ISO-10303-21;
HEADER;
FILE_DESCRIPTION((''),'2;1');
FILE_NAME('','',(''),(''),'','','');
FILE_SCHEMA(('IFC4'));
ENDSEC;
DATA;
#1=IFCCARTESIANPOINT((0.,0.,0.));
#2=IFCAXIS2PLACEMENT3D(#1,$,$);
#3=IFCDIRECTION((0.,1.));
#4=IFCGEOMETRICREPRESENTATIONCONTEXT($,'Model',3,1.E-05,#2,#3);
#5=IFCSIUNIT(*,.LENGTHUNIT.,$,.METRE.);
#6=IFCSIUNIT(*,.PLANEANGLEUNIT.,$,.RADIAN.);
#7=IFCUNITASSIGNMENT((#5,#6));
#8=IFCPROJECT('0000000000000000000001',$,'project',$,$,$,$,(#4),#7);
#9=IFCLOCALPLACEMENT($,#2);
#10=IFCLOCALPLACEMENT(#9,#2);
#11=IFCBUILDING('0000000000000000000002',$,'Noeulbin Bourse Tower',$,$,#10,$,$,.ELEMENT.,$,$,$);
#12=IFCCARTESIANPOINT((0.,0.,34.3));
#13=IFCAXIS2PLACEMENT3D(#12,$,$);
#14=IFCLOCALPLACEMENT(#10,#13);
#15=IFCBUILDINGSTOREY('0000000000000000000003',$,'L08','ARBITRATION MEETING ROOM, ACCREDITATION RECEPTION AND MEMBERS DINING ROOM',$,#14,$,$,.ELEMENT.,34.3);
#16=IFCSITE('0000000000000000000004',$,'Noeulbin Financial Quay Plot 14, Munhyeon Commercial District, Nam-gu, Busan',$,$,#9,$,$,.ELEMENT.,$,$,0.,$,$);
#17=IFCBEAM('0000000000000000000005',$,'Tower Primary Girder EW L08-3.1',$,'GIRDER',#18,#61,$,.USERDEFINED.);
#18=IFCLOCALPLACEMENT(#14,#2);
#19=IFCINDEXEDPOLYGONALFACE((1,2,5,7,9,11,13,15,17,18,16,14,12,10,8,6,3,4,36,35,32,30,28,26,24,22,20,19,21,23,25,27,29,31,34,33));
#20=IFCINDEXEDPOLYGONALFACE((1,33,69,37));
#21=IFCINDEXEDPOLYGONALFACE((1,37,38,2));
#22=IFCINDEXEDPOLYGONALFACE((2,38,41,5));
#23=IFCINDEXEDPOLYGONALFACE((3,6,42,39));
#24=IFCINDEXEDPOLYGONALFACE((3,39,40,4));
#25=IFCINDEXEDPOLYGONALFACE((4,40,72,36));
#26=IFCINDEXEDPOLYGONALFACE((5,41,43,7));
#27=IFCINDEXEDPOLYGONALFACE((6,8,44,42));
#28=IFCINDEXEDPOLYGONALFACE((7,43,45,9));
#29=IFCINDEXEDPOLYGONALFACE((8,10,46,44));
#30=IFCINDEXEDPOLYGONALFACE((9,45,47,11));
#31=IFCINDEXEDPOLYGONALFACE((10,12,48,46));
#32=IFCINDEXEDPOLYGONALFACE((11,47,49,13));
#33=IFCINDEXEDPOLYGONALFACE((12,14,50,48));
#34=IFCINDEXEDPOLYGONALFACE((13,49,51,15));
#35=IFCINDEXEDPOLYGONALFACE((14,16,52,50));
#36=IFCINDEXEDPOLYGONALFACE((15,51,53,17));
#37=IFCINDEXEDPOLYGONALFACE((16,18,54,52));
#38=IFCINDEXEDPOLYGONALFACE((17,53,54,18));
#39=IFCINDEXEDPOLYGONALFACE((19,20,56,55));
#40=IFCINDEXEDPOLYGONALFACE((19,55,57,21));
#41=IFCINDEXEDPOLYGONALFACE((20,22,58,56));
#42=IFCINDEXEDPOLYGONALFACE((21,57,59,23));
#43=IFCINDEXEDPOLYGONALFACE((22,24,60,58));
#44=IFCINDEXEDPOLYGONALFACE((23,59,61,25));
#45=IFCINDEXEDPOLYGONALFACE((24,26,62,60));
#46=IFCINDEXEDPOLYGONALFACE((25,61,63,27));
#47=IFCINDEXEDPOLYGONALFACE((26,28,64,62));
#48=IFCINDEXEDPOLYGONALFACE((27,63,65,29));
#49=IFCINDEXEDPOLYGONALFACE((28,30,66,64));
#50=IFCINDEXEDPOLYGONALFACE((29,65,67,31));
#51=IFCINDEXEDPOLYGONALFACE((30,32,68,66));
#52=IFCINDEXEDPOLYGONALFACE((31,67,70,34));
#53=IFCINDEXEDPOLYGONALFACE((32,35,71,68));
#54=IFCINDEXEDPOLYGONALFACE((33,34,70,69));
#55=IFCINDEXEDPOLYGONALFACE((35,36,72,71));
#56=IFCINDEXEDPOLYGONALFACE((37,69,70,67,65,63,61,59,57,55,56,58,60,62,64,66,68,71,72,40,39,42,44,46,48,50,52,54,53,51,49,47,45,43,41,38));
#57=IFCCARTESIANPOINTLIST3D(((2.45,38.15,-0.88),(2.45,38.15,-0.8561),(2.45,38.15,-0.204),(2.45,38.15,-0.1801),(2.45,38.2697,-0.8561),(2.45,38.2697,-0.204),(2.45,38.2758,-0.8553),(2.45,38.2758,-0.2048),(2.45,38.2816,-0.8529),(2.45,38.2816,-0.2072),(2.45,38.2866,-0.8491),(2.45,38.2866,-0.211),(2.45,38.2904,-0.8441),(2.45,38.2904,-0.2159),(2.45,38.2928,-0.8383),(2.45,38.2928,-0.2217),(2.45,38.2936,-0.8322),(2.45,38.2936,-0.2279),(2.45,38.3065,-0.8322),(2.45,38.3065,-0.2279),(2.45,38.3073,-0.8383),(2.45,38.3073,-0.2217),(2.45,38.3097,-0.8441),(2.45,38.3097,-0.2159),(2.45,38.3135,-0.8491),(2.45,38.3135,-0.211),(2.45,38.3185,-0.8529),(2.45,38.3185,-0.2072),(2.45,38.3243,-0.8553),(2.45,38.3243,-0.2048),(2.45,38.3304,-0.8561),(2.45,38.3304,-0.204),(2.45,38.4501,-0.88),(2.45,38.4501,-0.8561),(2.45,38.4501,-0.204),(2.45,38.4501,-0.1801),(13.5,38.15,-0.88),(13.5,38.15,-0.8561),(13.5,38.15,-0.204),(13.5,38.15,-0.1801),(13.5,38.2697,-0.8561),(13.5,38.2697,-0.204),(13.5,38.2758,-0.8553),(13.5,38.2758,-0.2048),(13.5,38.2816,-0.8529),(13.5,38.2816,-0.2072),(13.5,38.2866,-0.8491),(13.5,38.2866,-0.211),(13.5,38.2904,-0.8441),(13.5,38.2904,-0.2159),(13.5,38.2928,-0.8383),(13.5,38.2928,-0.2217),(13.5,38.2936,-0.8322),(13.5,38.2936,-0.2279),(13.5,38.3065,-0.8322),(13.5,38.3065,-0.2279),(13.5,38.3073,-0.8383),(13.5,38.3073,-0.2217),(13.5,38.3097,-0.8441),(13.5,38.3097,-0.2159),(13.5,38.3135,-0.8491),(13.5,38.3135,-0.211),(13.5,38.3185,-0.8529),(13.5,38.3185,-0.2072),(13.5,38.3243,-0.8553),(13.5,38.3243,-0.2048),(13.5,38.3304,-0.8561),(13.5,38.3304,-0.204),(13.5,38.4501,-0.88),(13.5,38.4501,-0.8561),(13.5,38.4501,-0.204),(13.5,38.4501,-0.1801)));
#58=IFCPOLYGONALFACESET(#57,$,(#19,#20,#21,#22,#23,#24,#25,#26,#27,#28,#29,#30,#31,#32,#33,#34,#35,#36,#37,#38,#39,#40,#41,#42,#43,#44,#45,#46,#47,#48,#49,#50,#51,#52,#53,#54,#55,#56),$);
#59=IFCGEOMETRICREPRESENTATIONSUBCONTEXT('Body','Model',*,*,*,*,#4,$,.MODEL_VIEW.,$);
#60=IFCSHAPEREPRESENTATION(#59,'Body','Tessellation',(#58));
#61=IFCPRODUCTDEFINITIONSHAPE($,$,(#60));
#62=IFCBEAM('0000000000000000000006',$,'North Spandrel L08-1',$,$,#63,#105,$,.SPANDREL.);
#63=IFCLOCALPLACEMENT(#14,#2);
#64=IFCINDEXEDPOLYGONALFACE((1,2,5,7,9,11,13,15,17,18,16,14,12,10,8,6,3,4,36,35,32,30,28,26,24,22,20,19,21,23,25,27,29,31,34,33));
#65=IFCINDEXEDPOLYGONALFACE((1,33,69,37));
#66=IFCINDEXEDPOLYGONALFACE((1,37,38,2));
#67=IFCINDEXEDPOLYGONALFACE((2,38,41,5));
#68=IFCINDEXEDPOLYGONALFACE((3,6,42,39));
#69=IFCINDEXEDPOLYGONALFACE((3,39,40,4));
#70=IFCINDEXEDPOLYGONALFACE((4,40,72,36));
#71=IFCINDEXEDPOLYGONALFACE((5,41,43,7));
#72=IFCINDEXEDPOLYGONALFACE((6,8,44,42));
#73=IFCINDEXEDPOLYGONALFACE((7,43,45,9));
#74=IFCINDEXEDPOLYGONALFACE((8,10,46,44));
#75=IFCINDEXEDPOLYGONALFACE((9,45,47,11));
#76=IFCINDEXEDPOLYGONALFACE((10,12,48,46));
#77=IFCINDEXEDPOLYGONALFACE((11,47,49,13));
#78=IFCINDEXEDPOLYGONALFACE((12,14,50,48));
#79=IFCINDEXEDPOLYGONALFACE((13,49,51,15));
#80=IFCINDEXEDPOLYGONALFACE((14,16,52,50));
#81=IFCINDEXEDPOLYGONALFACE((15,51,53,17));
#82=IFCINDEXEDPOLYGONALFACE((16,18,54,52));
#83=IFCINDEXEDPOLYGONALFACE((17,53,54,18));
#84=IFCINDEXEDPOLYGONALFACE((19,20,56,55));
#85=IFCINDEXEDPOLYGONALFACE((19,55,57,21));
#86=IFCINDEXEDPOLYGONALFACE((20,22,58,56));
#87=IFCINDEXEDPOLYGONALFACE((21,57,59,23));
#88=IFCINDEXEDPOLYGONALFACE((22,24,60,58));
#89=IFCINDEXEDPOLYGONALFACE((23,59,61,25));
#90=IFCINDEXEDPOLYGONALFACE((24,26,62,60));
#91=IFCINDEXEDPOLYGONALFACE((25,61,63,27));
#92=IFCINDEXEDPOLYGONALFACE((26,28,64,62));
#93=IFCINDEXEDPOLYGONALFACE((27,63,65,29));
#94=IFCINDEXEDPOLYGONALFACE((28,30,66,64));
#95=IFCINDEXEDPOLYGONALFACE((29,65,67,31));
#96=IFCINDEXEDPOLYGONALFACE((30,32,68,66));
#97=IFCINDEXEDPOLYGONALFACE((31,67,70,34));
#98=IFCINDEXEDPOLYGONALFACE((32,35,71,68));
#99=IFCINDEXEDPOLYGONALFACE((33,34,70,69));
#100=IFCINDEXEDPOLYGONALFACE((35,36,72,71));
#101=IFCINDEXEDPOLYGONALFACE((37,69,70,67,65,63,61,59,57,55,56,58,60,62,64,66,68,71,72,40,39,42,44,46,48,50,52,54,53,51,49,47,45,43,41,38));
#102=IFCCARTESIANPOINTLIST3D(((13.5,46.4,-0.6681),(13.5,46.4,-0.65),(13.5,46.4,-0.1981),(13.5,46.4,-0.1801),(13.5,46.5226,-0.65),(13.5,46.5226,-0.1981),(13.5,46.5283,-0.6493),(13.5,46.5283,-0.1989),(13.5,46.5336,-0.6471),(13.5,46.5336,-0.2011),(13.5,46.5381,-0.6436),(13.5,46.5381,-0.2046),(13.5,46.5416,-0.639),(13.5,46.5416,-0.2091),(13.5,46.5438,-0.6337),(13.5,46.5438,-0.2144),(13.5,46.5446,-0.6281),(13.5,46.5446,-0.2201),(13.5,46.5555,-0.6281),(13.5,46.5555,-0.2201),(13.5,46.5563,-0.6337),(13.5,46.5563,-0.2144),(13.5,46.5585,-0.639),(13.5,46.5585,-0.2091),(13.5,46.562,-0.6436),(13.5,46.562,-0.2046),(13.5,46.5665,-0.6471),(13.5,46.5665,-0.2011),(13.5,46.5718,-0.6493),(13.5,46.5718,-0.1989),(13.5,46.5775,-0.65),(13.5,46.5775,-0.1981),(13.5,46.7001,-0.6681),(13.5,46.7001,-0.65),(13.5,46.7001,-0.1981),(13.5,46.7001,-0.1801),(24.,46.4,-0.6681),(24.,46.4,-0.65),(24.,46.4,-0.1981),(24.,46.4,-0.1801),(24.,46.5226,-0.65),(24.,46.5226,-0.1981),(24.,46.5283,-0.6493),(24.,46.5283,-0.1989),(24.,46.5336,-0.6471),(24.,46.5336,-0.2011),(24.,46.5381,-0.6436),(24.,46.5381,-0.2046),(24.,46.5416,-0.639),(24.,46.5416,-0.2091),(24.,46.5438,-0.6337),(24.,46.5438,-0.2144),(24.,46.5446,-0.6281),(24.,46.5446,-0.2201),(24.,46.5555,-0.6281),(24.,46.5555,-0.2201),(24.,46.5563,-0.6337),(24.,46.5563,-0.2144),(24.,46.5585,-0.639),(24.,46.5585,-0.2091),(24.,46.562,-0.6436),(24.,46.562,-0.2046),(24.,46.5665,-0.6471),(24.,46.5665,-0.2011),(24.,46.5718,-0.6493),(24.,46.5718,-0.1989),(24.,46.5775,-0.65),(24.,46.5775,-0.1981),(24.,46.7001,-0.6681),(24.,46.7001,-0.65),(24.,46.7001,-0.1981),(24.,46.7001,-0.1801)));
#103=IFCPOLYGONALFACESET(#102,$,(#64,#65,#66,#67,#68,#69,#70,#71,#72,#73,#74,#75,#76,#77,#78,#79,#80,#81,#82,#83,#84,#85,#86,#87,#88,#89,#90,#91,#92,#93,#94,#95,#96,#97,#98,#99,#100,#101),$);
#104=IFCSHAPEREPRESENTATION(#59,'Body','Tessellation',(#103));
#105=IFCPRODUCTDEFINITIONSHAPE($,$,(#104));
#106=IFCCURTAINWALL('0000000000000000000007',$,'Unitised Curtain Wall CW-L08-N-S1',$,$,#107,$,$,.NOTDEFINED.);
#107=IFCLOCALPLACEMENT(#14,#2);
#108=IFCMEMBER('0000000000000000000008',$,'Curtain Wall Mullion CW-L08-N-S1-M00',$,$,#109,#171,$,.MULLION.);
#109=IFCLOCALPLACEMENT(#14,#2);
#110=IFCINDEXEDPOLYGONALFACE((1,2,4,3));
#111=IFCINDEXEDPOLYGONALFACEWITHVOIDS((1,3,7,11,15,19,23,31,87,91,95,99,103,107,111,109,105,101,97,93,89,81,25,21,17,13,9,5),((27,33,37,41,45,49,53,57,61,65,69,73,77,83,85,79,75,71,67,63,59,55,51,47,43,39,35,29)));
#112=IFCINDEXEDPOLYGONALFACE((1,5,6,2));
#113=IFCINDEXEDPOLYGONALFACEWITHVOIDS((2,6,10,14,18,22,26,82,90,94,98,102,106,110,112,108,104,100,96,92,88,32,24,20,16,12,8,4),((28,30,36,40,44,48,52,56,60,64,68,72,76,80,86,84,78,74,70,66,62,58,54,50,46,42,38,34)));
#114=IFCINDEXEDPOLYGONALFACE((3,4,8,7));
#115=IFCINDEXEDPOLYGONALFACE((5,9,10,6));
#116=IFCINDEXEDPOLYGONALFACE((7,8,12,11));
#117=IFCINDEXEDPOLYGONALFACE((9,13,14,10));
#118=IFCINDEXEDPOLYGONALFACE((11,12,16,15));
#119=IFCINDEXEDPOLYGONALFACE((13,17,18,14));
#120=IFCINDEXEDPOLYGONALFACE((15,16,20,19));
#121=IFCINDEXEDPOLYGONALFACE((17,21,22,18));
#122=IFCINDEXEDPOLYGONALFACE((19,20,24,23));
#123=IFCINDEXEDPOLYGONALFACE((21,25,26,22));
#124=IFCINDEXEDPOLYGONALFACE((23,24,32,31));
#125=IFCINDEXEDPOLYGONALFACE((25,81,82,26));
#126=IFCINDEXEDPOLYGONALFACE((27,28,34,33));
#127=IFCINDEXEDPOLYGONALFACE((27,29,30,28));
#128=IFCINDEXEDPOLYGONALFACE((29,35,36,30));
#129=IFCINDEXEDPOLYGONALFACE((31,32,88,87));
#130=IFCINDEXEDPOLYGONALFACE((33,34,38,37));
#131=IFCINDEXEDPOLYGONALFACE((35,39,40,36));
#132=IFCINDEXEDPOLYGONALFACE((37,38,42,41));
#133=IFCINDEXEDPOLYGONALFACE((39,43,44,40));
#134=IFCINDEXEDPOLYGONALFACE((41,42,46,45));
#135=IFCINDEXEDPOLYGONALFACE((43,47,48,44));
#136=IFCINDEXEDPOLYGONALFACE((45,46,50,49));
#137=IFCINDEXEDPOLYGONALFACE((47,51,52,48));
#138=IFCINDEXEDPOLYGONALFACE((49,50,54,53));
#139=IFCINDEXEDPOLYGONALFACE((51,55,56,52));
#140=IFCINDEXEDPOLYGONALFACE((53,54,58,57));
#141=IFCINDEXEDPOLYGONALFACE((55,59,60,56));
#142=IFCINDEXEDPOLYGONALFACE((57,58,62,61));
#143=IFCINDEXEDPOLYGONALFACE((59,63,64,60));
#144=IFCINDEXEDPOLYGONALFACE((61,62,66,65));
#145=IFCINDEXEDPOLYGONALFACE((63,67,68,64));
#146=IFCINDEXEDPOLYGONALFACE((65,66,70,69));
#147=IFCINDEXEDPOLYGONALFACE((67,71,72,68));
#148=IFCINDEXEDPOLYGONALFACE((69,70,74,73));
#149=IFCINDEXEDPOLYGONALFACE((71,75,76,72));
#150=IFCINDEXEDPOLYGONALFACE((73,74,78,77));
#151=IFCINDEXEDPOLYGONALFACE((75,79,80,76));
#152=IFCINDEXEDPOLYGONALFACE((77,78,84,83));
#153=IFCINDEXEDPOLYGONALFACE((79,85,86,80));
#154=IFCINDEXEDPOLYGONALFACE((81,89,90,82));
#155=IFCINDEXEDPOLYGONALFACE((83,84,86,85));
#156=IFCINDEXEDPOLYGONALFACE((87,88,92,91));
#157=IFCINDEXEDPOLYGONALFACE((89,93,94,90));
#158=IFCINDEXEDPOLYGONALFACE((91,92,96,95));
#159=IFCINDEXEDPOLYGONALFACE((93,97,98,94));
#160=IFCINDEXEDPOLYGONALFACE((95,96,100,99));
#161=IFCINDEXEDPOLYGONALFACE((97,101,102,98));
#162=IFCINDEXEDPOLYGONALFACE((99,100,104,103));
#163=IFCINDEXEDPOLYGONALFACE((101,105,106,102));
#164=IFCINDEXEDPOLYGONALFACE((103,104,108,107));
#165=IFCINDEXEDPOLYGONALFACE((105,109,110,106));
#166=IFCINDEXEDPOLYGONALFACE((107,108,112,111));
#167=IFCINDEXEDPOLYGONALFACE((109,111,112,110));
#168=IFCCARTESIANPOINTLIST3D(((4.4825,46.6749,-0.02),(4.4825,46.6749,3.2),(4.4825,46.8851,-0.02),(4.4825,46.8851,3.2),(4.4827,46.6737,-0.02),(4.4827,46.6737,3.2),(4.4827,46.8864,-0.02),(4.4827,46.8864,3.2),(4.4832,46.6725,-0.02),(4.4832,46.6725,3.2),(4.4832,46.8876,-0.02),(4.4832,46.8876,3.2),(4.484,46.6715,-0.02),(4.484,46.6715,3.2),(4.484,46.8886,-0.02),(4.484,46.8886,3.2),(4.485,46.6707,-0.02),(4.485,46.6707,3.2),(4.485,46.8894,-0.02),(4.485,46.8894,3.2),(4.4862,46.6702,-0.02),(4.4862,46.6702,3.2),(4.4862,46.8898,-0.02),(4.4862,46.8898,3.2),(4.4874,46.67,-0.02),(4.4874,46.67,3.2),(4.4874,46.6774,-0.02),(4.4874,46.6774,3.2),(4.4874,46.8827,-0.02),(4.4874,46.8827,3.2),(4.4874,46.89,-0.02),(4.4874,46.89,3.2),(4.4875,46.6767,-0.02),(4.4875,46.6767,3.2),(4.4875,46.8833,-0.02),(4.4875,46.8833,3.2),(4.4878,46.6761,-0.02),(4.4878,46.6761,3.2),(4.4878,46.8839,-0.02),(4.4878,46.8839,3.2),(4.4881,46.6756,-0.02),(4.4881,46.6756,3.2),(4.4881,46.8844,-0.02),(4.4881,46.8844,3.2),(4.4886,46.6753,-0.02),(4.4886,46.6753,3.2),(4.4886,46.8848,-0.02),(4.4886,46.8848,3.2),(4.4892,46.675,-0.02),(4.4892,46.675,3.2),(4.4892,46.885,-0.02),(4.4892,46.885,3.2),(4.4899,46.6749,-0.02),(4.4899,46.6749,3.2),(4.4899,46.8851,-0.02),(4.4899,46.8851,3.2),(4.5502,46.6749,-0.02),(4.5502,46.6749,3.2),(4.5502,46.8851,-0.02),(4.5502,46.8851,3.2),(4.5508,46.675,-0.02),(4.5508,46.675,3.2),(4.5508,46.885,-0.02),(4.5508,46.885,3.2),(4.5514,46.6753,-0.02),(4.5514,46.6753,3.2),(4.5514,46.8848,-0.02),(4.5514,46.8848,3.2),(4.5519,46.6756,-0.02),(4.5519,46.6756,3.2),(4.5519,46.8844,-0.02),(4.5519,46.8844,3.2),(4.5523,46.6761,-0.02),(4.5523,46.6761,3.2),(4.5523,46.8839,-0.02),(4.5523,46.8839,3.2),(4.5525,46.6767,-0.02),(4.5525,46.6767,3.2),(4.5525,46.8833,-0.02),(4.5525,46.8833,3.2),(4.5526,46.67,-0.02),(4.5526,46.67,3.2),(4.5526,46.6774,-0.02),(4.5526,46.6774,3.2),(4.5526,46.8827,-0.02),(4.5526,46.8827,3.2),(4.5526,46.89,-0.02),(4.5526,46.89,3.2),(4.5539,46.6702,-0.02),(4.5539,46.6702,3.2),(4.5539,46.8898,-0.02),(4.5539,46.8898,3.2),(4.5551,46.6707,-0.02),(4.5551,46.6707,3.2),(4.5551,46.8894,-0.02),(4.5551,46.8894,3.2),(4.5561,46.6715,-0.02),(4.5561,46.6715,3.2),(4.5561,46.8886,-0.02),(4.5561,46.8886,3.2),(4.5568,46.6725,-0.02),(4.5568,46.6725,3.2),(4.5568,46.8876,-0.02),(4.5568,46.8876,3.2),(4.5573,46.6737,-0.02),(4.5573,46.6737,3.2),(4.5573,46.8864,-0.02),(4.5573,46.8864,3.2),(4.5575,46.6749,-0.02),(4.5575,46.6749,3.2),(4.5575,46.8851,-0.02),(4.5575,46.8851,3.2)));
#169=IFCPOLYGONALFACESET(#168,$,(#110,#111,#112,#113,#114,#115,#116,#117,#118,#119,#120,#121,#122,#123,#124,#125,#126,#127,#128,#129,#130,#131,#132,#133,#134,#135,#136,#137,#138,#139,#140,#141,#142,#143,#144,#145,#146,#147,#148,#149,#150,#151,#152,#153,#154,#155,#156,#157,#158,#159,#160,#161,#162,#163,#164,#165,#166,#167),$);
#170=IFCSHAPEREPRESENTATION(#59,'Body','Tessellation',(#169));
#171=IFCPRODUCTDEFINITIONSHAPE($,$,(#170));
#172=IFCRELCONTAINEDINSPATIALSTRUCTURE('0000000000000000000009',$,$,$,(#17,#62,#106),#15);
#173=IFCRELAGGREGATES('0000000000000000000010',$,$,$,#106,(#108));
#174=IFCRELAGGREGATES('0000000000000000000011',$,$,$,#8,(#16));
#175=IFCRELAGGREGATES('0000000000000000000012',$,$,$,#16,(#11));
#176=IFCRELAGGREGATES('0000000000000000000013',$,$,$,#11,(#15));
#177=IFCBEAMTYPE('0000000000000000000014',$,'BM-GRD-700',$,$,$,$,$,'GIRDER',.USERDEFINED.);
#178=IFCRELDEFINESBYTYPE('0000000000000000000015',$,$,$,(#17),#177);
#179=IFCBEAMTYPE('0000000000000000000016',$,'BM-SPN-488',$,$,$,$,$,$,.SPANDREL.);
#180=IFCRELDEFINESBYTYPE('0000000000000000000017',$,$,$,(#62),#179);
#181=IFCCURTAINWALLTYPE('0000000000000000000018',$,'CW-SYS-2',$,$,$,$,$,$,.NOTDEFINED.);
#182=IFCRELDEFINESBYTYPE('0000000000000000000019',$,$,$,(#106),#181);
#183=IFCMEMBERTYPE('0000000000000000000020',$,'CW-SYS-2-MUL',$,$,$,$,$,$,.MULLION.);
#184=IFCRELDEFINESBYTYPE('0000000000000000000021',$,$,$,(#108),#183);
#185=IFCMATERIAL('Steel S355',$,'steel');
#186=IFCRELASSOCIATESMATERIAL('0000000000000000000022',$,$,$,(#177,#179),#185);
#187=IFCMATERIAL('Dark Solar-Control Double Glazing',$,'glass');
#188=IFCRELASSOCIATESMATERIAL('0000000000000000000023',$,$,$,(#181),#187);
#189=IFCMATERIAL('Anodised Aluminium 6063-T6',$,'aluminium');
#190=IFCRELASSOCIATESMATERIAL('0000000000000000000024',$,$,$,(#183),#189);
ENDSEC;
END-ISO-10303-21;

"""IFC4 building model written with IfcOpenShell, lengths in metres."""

from ifc_helpers import new_model, si_unit, direction, frame, origin, origin_2d, place, context, subcontext, project, spatial, hollow_rectangle, i_section, extrude, material, material_profile, profile_set, type_object, element, aggregate, save


model = new_model("IFC4")

# Units and contexts
model_context = context("Model", 3, precision=1e-05, world=origin(), true_north=direction((0.0, 1.0)))
body_context = subcontext(model_context, "Body", "Model", "MODEL_VIEW")
ifc_project = project(units=[si_unit("LENGTHUNIT", "METRE"), si_unit("PLANEANGLEUNIT", "RADIAN")], contexts=[model_context])

# Site, building, storey
site_placement = place(None, origin())
site = spatial("IfcSite", under=ifc_project, at=site_placement, Name="Noeulbin Financial Quay Plot 14, Munhyeon Commercial District, Nam-gu, Busan", CompositionType="ELEMENT", RefElevation=0.0)
building_placement = place(site_placement, origin())
building = spatial("IfcBuilding", under=site, at=building_placement, Name="Noeulbin Bourse Tower", CompositionType="ELEMENT")
storey_placement = place(building_placement, frame((0.0, 0.0, 34.3)))
storey = spatial("IfcBuildingStorey", under=building, at=storey_placement, Name="L08", Description="ARBITRATION MEETING ROOM, ACCREDITATION RECEPTION AND MEMBERS DINING ROOM", CompositionType="ELEMENT", Elevation=34.3)

# Beams
ifc_material_1 = material(Name="Steel S355", Category="steel")
ifc_material_profile_1 = material_profile(ifc_material_1, i_section(OverallWidth=0.3, OverallDepth=0.7, WebThickness=0.0129, FlangeThickness=0.0239, FilletRadius=0.0239, at=origin_2d()), Name="H-700x300x13x24", Category="LoadBearing")
ifc_profile_set_1 = profile_set([ifc_material_profile_1], Name="Steel S355")
beam_type_1 = type_object("IfcBeamType", Name="BM-GRD-700", ElementType="GIRDER", PredefinedType="USERDEFINED", material=ifc_profile_set_1)
beam_1_placement = place(storey_placement, frame((2.45, 38.3, -0.53), z_axis=(1.0, 0.0, 0.0), x_axis=(0.0, 1.0, 0.0)))
element("IfcBeam", 1, at=beam_1_placement, inside=storey, type_object=beam_type_1, Name="Tower Primary Girder EW L08-3.1", ObjectType="GIRDER", PredefinedType="USERDEFINED", context=body_context, shape_type="SweptSolid", body=[
    extrude(i_section(OverallWidth=0.3, OverallDepth=0.7, WebThickness=0.0129, FlangeThickness=0.0239, FilletRadius=0.0239, at=origin_2d()), origin(), (0.0, 0.0, 1.0), 11.05),
])
ifc_material_profile_2 = material_profile(ifc_material_1, i_section(OverallWidth=0.3, OverallDepth=0.488, WebThickness=0.011, FlangeThickness=0.0181, FilletRadius=0.022, at=origin_2d()), Name="H-488x300x11x18", Category="LoadBearing")
ifc_profile_set_2 = profile_set([ifc_material_profile_2], Name="Steel S355")
beam_type_2 = type_object("IfcBeamType", Name="BM-SPN-488", PredefinedType="SPANDREL", material=ifc_profile_set_2)
beam_2_placement = place(storey_placement, frame((13.5, 46.55, -0.4241), z_axis=(1.0, 0.0, 0.0), x_axis=(0.0, 1.0, 0.0)))
element("IfcBeam", 2, at=beam_2_placement, inside=storey, type_object=beam_type_2, Name="North Spandrel L08-1", PredefinedType="SPANDREL", context=body_context, shape_type="SweptSolid", body=[
    extrude(i_section(OverallWidth=0.3, OverallDepth=0.488, WebThickness=0.011, FlangeThickness=0.0181, FilletRadius=0.022, at=origin_2d()), origin(), (0.0, 0.0, 1.0), 10.5),
])

# Curtain wall, member
ifc_material_2 = material(Name="Dark Solar-Control Double Glazing", Category="glass")
curtain_wall_type = type_object("IfcCurtainWallType", Name="CW-SYS-2", PredefinedType="NOTDEFINED", material=ifc_material_2)
curtain_wall_1_placement = place(storey_placement, origin())
curtain_wall_1 = element("IfcCurtainWall", 3, at=curtain_wall_1_placement, inside=storey, type_object=curtain_wall_type, Name="Unitised Curtain Wall CW-L08-N-S1", PredefinedType="NOTDEFINED")
ifc_material_3 = material(Name="Anodised Aluminium 6063-T6", Category="aluminium")
ifc_material_profile_3 = material_profile(ifc_material_3, hollow_rectangle(XDim=0.075, YDim=0.22, WallThickness=0.0049, InnerFilletRadius=0.0024, OuterFilletRadius=0.0049, at=origin_2d()), Name="ALU-MULL-75x220x5", Category="LoadBearing")
ifc_profile_set_3 = profile_set([ifc_material_profile_3], Name="Anodised Aluminium 6063-T6")
member_type_1 = type_object("IfcMemberType", Name="CW-SYS-2-MUL", PredefinedType="MULLION", material=ifc_profile_set_3)
member_1_placement = place(storey_placement, frame((4.52, 46.78, -0.02), z_axis=(0.0, 0.0, 1.0), x_axis=(1.0, 0.0, 0.0)))
member_1 = element("IfcMember", 4, at=member_1_placement, type_object=member_type_1, Name="Curtain Wall Mullion CW-L08-N-S1-M00", PredefinedType="MULLION", context=body_context, shape_type="SweptSolid", body=[
    extrude(hollow_rectangle(XDim=0.075, YDim=0.22, WallThickness=0.0049, InnerFilletRadius=0.0024, OuterFilletRadius=0.0049, at=origin_2d()), origin(), (0.0, 0.0, 1.0), 3.22),
])

aggregate(curtain_wall_1, [member_1])

save(model, "model.ifc")
